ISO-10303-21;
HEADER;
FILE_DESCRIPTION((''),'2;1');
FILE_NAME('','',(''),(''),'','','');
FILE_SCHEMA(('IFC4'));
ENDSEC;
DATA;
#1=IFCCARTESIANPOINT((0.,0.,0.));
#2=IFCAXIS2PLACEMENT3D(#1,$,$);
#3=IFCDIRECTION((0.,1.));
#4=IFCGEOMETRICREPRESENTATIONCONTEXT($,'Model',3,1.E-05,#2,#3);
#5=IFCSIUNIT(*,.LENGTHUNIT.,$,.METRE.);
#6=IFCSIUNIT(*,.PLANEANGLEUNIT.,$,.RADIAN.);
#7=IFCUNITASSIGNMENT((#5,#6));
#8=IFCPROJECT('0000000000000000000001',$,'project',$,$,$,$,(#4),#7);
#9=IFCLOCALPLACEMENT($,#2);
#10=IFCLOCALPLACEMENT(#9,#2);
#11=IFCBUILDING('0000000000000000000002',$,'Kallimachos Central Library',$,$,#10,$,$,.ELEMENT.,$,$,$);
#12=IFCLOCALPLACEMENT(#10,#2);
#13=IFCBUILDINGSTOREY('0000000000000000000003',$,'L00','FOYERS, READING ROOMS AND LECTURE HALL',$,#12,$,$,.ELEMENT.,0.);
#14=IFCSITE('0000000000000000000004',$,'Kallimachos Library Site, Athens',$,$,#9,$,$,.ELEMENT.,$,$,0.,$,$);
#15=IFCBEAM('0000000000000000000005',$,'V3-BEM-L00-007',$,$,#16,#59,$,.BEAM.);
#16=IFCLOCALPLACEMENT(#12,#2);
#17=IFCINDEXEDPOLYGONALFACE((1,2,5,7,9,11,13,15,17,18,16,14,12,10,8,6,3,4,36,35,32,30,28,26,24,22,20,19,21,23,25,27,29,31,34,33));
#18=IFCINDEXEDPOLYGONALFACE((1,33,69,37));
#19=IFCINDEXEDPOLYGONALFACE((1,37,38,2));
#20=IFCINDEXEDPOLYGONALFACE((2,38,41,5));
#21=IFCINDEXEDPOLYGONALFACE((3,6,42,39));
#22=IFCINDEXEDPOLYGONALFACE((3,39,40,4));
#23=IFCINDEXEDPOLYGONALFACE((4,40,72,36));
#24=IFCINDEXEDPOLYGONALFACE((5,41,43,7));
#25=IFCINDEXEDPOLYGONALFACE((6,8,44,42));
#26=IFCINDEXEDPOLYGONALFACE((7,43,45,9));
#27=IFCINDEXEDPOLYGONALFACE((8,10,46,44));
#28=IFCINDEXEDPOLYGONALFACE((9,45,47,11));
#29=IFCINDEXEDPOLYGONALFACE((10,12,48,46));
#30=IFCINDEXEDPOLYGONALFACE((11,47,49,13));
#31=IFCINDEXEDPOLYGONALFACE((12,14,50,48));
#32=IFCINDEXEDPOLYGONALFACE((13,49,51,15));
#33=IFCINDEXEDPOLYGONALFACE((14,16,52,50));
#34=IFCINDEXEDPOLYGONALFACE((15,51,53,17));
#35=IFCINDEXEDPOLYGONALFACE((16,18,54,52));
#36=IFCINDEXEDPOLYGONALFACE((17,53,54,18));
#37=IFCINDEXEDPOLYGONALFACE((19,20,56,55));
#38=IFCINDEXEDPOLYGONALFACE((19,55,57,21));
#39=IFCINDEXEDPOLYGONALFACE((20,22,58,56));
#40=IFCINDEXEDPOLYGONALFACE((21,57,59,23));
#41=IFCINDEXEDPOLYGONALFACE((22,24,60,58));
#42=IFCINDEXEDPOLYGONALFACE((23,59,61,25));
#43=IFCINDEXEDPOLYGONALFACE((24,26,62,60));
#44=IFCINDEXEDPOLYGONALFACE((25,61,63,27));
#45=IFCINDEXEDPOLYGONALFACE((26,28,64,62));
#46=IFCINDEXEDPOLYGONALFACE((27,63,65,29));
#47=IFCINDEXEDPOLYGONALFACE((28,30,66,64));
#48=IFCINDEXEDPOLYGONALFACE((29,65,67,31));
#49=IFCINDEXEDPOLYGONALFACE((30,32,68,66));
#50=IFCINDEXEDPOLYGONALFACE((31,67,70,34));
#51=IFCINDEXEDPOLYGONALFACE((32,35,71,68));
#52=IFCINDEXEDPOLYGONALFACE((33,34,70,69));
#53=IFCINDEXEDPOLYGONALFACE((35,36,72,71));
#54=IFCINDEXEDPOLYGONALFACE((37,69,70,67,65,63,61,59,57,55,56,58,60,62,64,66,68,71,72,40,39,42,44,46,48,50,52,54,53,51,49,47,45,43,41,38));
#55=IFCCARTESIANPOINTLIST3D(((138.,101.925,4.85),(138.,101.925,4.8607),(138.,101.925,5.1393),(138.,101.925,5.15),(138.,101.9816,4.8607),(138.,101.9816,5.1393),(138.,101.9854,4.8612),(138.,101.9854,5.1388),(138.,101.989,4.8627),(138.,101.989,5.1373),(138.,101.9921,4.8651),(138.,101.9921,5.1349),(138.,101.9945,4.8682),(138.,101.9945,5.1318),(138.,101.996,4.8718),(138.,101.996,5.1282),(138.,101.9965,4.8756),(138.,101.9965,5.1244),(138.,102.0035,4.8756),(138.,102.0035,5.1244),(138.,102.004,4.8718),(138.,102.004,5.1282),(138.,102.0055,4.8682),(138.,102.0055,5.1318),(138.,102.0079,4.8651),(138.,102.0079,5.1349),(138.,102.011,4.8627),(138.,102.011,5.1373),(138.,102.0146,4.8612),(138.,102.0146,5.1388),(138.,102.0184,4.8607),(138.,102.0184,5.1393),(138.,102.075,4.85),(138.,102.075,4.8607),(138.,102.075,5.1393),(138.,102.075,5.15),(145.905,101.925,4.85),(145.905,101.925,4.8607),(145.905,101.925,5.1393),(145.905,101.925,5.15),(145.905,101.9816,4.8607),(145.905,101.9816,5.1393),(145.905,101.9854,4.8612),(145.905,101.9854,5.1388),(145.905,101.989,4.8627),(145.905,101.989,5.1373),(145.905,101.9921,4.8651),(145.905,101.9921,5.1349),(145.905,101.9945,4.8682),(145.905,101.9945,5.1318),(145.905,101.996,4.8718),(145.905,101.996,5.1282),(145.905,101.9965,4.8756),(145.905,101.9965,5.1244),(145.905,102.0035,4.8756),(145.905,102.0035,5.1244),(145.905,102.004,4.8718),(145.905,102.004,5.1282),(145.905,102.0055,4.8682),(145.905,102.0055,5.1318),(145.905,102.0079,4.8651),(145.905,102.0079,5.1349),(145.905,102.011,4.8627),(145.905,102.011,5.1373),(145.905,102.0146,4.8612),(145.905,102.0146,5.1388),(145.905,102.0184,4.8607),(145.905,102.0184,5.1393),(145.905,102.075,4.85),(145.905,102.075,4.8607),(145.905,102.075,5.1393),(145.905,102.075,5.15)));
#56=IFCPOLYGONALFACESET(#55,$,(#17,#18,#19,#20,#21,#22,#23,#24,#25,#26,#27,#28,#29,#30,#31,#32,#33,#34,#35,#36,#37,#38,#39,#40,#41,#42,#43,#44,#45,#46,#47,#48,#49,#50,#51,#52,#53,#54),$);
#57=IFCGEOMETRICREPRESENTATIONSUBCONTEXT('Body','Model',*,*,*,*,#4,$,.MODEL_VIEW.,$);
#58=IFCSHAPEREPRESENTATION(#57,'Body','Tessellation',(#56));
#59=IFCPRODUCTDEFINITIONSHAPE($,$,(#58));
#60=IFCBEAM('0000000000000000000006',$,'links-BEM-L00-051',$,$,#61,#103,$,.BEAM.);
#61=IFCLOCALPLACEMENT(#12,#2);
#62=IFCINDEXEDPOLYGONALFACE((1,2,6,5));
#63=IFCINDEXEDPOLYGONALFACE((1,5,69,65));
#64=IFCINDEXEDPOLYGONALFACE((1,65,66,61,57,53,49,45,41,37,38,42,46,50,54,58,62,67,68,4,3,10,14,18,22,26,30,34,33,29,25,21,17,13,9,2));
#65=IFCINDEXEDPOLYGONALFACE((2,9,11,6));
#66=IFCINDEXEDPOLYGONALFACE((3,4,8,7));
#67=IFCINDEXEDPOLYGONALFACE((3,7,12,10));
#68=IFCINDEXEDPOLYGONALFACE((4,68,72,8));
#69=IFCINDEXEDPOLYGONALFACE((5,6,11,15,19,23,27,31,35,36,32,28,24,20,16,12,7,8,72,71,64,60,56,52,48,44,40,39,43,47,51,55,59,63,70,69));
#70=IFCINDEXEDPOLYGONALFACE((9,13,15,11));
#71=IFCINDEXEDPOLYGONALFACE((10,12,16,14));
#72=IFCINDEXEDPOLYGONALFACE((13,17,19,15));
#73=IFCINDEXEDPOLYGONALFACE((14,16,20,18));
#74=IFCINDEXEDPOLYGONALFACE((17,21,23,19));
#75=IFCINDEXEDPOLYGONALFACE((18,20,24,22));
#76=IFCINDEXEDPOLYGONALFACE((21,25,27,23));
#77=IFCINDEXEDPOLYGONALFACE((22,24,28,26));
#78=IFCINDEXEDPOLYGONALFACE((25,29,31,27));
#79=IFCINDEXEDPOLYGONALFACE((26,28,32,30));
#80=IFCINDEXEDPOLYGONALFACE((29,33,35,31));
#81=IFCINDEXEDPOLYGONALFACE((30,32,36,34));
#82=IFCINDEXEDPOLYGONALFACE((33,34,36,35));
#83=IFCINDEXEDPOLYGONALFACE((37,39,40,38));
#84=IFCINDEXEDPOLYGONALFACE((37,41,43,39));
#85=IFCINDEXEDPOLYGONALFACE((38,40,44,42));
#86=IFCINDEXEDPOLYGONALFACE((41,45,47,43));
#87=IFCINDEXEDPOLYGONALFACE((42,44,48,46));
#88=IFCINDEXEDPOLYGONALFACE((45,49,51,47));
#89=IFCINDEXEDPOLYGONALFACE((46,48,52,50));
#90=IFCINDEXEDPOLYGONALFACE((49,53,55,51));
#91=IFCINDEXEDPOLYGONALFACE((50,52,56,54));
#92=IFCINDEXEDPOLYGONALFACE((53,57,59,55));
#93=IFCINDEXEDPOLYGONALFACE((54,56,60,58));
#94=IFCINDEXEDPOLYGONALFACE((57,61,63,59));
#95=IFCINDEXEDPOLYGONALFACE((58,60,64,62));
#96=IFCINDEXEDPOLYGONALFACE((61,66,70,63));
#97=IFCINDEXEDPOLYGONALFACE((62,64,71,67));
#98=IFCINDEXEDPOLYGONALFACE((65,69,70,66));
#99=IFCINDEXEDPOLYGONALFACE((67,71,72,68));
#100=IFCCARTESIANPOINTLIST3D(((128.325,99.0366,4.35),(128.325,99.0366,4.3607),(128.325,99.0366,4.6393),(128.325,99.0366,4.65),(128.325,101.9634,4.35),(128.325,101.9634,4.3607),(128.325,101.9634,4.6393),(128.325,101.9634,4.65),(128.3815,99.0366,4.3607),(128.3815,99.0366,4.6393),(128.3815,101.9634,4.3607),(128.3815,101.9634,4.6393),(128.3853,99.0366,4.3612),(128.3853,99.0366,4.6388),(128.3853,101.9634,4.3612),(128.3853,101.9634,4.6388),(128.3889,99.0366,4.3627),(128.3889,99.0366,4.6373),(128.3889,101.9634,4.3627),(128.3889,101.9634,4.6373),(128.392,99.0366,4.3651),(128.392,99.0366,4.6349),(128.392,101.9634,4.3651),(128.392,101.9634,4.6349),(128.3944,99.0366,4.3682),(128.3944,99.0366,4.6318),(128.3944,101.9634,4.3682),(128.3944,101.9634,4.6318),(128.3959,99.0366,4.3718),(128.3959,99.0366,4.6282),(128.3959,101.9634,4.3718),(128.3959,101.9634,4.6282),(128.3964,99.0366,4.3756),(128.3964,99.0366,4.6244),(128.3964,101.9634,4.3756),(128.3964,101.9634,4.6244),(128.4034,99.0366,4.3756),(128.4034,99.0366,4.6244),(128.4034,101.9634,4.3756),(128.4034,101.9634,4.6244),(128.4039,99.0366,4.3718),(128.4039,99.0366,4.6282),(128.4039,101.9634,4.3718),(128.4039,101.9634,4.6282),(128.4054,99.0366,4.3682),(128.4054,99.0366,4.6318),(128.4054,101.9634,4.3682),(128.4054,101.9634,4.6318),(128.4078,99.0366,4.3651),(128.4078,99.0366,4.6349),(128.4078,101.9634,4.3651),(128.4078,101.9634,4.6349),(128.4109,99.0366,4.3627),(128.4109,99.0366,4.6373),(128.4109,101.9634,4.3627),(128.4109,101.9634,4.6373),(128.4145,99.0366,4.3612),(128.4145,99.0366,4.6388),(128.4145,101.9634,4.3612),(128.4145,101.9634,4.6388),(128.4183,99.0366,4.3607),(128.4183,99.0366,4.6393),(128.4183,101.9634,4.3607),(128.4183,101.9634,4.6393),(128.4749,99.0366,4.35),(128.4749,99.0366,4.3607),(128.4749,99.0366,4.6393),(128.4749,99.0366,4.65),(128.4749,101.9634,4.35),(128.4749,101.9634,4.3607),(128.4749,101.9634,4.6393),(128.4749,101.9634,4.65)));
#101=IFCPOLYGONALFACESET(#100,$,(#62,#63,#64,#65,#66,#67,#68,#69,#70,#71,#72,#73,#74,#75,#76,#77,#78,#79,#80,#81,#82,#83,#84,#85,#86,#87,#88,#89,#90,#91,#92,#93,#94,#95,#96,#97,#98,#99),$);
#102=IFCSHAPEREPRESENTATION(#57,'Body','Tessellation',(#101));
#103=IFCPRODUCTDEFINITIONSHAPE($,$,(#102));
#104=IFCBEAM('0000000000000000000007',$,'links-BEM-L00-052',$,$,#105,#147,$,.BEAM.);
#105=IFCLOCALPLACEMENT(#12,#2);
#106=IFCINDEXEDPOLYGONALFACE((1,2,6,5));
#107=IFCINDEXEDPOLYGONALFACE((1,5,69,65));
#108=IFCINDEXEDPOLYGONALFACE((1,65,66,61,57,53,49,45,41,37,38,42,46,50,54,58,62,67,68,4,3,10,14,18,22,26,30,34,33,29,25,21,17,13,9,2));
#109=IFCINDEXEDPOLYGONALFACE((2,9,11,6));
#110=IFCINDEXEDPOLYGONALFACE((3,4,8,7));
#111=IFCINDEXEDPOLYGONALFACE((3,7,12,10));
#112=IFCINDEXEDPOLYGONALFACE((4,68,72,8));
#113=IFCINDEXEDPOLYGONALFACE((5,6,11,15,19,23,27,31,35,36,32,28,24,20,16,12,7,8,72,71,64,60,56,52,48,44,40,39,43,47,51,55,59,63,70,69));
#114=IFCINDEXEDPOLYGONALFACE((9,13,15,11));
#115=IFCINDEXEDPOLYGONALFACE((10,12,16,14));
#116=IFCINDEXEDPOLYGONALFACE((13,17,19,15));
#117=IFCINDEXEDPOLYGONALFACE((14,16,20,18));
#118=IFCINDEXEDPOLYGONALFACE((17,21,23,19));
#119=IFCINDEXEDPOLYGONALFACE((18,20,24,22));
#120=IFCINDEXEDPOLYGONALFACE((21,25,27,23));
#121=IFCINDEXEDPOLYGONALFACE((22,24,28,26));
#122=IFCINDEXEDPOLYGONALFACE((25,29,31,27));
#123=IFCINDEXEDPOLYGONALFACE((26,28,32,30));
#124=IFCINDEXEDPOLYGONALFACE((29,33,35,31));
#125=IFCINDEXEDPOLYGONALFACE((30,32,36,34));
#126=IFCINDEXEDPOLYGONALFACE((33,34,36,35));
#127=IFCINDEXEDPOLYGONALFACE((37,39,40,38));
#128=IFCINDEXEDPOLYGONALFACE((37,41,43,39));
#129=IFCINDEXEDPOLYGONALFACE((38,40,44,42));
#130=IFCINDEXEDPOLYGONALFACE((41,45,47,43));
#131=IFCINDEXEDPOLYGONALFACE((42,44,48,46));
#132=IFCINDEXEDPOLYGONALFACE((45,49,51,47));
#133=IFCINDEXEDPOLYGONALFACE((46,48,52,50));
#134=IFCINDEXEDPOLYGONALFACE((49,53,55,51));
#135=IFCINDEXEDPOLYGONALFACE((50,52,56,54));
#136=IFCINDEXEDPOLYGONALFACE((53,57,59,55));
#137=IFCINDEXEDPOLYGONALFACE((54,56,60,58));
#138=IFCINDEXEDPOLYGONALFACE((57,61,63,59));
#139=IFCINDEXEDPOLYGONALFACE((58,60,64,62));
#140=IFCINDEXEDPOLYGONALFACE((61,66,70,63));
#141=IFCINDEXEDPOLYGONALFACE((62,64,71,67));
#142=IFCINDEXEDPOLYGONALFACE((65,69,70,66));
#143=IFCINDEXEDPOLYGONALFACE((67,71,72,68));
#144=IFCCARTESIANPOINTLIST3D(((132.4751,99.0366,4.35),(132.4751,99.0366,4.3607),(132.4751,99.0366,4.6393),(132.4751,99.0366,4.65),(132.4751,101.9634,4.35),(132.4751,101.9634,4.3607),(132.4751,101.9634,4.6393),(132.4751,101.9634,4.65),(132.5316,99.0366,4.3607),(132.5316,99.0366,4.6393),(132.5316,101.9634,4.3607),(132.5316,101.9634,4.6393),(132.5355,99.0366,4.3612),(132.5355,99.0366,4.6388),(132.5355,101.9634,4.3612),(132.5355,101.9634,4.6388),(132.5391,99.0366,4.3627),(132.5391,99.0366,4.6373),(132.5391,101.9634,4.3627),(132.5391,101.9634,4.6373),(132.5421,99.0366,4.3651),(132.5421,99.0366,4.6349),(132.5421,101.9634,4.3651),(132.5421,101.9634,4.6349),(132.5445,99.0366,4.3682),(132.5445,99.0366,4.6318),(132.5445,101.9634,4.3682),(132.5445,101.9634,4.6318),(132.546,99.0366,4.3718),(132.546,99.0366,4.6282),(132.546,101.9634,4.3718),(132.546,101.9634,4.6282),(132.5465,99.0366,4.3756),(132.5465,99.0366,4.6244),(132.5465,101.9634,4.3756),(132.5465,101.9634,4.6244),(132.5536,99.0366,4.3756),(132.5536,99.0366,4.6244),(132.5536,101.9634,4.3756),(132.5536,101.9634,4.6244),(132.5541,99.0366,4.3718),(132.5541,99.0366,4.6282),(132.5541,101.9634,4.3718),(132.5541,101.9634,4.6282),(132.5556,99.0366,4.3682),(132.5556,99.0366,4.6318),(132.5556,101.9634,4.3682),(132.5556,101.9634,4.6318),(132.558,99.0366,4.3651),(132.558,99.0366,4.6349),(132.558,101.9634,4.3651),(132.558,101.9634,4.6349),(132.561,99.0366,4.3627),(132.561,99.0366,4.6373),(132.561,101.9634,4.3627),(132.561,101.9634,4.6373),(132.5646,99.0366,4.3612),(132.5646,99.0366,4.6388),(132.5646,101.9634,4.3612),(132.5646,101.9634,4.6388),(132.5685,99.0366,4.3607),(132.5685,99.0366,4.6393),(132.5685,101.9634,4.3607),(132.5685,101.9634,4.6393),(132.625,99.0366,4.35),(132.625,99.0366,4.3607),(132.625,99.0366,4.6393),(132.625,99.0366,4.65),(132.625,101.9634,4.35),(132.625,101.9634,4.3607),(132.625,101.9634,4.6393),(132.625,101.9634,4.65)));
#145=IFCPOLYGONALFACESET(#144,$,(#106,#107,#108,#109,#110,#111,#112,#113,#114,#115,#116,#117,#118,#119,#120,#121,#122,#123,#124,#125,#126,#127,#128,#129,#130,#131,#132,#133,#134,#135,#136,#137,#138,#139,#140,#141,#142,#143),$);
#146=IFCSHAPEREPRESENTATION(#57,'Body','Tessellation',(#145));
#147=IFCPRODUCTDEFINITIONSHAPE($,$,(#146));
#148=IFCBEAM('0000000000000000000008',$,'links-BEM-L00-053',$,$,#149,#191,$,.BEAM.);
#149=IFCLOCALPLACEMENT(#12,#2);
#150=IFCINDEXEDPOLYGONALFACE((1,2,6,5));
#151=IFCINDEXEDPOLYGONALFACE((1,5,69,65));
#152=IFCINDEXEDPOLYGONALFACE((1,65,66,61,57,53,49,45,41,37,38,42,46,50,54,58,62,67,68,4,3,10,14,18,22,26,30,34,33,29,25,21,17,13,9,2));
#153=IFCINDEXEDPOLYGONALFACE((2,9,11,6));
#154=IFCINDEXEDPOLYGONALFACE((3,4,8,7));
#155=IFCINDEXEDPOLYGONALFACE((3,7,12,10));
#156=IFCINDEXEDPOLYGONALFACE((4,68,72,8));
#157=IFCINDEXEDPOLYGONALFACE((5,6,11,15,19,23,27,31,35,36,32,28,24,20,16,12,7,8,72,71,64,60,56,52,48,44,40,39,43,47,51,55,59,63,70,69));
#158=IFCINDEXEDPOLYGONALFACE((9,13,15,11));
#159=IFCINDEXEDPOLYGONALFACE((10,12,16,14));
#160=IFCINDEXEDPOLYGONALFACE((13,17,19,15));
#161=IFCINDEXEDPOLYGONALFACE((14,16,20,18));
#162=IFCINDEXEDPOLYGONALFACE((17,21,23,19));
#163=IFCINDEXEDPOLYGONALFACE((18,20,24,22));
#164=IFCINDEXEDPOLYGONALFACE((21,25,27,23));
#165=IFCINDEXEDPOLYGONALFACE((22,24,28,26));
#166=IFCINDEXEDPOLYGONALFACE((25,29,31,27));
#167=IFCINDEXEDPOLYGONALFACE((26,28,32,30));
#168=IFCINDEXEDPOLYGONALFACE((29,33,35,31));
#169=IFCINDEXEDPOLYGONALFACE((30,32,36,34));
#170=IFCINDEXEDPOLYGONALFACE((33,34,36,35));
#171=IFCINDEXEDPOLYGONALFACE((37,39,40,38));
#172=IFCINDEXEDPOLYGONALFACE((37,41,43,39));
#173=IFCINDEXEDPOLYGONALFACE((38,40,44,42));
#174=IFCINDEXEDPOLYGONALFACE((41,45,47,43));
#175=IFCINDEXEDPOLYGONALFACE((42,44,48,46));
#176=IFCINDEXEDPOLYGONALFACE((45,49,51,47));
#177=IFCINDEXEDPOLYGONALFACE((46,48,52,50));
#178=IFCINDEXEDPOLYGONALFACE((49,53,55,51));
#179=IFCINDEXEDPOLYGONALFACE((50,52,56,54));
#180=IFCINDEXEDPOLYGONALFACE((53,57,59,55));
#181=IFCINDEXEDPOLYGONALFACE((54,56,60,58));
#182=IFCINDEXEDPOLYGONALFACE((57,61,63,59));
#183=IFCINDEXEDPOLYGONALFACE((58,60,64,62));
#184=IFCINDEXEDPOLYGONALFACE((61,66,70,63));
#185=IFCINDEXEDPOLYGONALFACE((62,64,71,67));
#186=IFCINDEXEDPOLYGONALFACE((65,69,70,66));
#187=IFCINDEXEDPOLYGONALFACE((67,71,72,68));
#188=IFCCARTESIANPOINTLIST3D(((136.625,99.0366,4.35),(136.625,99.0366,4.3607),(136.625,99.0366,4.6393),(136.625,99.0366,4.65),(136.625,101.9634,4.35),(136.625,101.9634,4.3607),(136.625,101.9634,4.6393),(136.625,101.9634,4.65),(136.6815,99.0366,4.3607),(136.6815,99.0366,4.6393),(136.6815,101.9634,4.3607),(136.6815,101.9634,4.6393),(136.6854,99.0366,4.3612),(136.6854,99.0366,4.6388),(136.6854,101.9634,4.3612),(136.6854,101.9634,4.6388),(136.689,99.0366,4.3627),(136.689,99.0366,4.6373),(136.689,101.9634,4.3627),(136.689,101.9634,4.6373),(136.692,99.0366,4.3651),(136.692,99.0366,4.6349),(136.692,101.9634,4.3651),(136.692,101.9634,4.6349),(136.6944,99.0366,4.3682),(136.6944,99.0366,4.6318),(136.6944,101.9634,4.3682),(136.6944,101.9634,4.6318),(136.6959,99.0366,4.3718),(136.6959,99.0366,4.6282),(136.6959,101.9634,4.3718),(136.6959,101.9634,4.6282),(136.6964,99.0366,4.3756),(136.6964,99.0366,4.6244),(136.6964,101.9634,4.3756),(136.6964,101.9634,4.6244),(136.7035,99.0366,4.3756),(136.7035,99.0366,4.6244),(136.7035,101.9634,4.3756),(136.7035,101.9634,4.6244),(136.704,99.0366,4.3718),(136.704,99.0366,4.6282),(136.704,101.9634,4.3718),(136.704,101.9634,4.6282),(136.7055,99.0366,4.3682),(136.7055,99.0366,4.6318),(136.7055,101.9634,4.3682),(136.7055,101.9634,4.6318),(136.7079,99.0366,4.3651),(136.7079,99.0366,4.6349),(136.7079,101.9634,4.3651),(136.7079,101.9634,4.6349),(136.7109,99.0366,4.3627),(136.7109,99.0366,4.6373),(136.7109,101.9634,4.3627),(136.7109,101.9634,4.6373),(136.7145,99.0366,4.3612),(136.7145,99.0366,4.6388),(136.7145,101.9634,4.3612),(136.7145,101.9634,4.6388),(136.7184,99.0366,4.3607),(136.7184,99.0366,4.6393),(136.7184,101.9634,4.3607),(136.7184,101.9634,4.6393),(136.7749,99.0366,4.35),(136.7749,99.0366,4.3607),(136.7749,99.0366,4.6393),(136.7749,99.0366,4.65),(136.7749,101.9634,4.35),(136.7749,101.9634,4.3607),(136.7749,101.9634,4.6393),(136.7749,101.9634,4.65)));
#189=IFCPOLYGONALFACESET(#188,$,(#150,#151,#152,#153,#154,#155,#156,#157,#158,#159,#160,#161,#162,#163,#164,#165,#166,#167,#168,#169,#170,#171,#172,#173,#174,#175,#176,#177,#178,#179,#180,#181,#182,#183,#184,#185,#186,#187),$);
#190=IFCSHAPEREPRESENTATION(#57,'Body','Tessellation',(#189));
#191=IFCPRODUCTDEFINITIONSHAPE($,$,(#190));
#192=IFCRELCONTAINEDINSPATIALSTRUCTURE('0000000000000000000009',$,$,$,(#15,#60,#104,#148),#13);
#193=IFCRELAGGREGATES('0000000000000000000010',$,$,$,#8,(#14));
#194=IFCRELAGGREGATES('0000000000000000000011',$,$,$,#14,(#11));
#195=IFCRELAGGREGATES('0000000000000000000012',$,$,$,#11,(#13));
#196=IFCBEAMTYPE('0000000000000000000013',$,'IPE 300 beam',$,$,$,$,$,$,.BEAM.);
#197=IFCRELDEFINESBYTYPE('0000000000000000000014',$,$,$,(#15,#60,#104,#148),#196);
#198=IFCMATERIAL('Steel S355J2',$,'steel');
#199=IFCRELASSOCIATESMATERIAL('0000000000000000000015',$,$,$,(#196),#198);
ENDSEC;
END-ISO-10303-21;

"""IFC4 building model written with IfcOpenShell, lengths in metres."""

from ifc_helpers import new_model, si_unit, direction, frame, origin, origin_2d, place, context, subcontext, project, spatial, i_section, extrude, material, material_profile, profile_set, type_object, element, save


model = new_model("IFC4")

# Units and contexts
model_context = context("Model", 3, precision=1e-05, world=origin(), true_north=direction((0.0, 1.0)))
body_context = subcontext(model_context, "Body", "Model", "MODEL_VIEW")
ifc_project = project(units=[si_unit("LENGTHUNIT", "METRE"), si_unit("PLANEANGLEUNIT", "RADIAN")], contexts=[model_context])

# Site, building, storey
site_placement = place(None, origin())
site = spatial("IfcSite", under=ifc_project, at=site_placement, Name="Kallimachos Library Site, Athens", CompositionType="ELEMENT", RefElevation=0.0)
building_placement = place(site_placement, origin())
building = spatial("IfcBuilding", under=site, at=building_placement, Name="Kallimachos Central Library", CompositionType="ELEMENT")
storey_placement = place(building_placement, origin())
storey = spatial("IfcBuildingStorey", under=building, at=storey_placement, Name="L00", Description="FOYERS, READING ROOMS AND LECTURE HALL", CompositionType="ELEMENT", Elevation=0.0)

# Beams
ifc_material_1 = material(Name="Steel S355J2", Category="steel")
ifc_material_profile_1 = material_profile(ifc_material_1, i_section(OverallWidth=0.1499, OverallDepth=0.3, WebThickness=0.0071, FlangeThickness=0.0107, FilletRadius=0.0149, at=origin_2d()), Name="IPE 300")
ifc_profile_set_1 = profile_set([ifc_material_profile_1], Name="Steel S355J2")
beam_type_1 = type_object("IfcBeamType", Name="IPE 300 beam", PredefinedType="BEAM", material=ifc_profile_set_1)
for number, where, z_axis, x_axis, name in (
    (1, (138.0, 102.0, 5.0), (1.0, 0.0, 0.0), (0.0, 1.0, 0.0), "V3-BEM-L00-007"),
):
    element("IfcBeam", number, at=place(storey_placement, frame(where, z_axis=z_axis, x_axis=x_axis)), inside=storey, type_object=beam_type_1, Name=name, PredefinedType="BEAM", context=body_context, shape_type="SweptSolid", body=[
        extrude(i_section(OverallWidth=0.1499, OverallDepth=0.3, WebThickness=0.0071, FlangeThickness=0.0107, FilletRadius=0.0149, at=origin_2d()), origin(), (0.0, 0.0, 1.0), 7.905),
    ])
for number, where, z_axis, x_axis, name in (
    (2, (128.3999, 99.0366, 4.5), (0.0, 1.0, 0.0), (-1.0, 0.0, 0.0), "links-BEM-L00-051"),
    (3, (132.55, 99.0366, 4.5), (0.0, 1.0, 0.0), (-1.0, 0.0, 0.0), "links-BEM-L00-052"),
    (4, (136.7, 99.0366, 4.5), (0.0, 1.0, 0.0), (-1.0, 0.0, 0.0), "links-BEM-L00-053"),
):
    element("IfcBeam", number, at=place(storey_placement, frame(where, z_axis=z_axis, x_axis=x_axis)), inside=storey, type_object=beam_type_1, Name=name, PredefinedType="BEAM", context=body_context, shape_type="SweptSolid", body=[
        extrude(i_section(OverallWidth=0.1499, OverallDepth=0.3, WebThickness=0.0071, FlangeThickness=0.0107, FilletRadius=0.0149, at=origin_2d()), origin(), (0.0, 0.0, 1.0), 2.9268),
    ])

save(model, "model.ifc")
